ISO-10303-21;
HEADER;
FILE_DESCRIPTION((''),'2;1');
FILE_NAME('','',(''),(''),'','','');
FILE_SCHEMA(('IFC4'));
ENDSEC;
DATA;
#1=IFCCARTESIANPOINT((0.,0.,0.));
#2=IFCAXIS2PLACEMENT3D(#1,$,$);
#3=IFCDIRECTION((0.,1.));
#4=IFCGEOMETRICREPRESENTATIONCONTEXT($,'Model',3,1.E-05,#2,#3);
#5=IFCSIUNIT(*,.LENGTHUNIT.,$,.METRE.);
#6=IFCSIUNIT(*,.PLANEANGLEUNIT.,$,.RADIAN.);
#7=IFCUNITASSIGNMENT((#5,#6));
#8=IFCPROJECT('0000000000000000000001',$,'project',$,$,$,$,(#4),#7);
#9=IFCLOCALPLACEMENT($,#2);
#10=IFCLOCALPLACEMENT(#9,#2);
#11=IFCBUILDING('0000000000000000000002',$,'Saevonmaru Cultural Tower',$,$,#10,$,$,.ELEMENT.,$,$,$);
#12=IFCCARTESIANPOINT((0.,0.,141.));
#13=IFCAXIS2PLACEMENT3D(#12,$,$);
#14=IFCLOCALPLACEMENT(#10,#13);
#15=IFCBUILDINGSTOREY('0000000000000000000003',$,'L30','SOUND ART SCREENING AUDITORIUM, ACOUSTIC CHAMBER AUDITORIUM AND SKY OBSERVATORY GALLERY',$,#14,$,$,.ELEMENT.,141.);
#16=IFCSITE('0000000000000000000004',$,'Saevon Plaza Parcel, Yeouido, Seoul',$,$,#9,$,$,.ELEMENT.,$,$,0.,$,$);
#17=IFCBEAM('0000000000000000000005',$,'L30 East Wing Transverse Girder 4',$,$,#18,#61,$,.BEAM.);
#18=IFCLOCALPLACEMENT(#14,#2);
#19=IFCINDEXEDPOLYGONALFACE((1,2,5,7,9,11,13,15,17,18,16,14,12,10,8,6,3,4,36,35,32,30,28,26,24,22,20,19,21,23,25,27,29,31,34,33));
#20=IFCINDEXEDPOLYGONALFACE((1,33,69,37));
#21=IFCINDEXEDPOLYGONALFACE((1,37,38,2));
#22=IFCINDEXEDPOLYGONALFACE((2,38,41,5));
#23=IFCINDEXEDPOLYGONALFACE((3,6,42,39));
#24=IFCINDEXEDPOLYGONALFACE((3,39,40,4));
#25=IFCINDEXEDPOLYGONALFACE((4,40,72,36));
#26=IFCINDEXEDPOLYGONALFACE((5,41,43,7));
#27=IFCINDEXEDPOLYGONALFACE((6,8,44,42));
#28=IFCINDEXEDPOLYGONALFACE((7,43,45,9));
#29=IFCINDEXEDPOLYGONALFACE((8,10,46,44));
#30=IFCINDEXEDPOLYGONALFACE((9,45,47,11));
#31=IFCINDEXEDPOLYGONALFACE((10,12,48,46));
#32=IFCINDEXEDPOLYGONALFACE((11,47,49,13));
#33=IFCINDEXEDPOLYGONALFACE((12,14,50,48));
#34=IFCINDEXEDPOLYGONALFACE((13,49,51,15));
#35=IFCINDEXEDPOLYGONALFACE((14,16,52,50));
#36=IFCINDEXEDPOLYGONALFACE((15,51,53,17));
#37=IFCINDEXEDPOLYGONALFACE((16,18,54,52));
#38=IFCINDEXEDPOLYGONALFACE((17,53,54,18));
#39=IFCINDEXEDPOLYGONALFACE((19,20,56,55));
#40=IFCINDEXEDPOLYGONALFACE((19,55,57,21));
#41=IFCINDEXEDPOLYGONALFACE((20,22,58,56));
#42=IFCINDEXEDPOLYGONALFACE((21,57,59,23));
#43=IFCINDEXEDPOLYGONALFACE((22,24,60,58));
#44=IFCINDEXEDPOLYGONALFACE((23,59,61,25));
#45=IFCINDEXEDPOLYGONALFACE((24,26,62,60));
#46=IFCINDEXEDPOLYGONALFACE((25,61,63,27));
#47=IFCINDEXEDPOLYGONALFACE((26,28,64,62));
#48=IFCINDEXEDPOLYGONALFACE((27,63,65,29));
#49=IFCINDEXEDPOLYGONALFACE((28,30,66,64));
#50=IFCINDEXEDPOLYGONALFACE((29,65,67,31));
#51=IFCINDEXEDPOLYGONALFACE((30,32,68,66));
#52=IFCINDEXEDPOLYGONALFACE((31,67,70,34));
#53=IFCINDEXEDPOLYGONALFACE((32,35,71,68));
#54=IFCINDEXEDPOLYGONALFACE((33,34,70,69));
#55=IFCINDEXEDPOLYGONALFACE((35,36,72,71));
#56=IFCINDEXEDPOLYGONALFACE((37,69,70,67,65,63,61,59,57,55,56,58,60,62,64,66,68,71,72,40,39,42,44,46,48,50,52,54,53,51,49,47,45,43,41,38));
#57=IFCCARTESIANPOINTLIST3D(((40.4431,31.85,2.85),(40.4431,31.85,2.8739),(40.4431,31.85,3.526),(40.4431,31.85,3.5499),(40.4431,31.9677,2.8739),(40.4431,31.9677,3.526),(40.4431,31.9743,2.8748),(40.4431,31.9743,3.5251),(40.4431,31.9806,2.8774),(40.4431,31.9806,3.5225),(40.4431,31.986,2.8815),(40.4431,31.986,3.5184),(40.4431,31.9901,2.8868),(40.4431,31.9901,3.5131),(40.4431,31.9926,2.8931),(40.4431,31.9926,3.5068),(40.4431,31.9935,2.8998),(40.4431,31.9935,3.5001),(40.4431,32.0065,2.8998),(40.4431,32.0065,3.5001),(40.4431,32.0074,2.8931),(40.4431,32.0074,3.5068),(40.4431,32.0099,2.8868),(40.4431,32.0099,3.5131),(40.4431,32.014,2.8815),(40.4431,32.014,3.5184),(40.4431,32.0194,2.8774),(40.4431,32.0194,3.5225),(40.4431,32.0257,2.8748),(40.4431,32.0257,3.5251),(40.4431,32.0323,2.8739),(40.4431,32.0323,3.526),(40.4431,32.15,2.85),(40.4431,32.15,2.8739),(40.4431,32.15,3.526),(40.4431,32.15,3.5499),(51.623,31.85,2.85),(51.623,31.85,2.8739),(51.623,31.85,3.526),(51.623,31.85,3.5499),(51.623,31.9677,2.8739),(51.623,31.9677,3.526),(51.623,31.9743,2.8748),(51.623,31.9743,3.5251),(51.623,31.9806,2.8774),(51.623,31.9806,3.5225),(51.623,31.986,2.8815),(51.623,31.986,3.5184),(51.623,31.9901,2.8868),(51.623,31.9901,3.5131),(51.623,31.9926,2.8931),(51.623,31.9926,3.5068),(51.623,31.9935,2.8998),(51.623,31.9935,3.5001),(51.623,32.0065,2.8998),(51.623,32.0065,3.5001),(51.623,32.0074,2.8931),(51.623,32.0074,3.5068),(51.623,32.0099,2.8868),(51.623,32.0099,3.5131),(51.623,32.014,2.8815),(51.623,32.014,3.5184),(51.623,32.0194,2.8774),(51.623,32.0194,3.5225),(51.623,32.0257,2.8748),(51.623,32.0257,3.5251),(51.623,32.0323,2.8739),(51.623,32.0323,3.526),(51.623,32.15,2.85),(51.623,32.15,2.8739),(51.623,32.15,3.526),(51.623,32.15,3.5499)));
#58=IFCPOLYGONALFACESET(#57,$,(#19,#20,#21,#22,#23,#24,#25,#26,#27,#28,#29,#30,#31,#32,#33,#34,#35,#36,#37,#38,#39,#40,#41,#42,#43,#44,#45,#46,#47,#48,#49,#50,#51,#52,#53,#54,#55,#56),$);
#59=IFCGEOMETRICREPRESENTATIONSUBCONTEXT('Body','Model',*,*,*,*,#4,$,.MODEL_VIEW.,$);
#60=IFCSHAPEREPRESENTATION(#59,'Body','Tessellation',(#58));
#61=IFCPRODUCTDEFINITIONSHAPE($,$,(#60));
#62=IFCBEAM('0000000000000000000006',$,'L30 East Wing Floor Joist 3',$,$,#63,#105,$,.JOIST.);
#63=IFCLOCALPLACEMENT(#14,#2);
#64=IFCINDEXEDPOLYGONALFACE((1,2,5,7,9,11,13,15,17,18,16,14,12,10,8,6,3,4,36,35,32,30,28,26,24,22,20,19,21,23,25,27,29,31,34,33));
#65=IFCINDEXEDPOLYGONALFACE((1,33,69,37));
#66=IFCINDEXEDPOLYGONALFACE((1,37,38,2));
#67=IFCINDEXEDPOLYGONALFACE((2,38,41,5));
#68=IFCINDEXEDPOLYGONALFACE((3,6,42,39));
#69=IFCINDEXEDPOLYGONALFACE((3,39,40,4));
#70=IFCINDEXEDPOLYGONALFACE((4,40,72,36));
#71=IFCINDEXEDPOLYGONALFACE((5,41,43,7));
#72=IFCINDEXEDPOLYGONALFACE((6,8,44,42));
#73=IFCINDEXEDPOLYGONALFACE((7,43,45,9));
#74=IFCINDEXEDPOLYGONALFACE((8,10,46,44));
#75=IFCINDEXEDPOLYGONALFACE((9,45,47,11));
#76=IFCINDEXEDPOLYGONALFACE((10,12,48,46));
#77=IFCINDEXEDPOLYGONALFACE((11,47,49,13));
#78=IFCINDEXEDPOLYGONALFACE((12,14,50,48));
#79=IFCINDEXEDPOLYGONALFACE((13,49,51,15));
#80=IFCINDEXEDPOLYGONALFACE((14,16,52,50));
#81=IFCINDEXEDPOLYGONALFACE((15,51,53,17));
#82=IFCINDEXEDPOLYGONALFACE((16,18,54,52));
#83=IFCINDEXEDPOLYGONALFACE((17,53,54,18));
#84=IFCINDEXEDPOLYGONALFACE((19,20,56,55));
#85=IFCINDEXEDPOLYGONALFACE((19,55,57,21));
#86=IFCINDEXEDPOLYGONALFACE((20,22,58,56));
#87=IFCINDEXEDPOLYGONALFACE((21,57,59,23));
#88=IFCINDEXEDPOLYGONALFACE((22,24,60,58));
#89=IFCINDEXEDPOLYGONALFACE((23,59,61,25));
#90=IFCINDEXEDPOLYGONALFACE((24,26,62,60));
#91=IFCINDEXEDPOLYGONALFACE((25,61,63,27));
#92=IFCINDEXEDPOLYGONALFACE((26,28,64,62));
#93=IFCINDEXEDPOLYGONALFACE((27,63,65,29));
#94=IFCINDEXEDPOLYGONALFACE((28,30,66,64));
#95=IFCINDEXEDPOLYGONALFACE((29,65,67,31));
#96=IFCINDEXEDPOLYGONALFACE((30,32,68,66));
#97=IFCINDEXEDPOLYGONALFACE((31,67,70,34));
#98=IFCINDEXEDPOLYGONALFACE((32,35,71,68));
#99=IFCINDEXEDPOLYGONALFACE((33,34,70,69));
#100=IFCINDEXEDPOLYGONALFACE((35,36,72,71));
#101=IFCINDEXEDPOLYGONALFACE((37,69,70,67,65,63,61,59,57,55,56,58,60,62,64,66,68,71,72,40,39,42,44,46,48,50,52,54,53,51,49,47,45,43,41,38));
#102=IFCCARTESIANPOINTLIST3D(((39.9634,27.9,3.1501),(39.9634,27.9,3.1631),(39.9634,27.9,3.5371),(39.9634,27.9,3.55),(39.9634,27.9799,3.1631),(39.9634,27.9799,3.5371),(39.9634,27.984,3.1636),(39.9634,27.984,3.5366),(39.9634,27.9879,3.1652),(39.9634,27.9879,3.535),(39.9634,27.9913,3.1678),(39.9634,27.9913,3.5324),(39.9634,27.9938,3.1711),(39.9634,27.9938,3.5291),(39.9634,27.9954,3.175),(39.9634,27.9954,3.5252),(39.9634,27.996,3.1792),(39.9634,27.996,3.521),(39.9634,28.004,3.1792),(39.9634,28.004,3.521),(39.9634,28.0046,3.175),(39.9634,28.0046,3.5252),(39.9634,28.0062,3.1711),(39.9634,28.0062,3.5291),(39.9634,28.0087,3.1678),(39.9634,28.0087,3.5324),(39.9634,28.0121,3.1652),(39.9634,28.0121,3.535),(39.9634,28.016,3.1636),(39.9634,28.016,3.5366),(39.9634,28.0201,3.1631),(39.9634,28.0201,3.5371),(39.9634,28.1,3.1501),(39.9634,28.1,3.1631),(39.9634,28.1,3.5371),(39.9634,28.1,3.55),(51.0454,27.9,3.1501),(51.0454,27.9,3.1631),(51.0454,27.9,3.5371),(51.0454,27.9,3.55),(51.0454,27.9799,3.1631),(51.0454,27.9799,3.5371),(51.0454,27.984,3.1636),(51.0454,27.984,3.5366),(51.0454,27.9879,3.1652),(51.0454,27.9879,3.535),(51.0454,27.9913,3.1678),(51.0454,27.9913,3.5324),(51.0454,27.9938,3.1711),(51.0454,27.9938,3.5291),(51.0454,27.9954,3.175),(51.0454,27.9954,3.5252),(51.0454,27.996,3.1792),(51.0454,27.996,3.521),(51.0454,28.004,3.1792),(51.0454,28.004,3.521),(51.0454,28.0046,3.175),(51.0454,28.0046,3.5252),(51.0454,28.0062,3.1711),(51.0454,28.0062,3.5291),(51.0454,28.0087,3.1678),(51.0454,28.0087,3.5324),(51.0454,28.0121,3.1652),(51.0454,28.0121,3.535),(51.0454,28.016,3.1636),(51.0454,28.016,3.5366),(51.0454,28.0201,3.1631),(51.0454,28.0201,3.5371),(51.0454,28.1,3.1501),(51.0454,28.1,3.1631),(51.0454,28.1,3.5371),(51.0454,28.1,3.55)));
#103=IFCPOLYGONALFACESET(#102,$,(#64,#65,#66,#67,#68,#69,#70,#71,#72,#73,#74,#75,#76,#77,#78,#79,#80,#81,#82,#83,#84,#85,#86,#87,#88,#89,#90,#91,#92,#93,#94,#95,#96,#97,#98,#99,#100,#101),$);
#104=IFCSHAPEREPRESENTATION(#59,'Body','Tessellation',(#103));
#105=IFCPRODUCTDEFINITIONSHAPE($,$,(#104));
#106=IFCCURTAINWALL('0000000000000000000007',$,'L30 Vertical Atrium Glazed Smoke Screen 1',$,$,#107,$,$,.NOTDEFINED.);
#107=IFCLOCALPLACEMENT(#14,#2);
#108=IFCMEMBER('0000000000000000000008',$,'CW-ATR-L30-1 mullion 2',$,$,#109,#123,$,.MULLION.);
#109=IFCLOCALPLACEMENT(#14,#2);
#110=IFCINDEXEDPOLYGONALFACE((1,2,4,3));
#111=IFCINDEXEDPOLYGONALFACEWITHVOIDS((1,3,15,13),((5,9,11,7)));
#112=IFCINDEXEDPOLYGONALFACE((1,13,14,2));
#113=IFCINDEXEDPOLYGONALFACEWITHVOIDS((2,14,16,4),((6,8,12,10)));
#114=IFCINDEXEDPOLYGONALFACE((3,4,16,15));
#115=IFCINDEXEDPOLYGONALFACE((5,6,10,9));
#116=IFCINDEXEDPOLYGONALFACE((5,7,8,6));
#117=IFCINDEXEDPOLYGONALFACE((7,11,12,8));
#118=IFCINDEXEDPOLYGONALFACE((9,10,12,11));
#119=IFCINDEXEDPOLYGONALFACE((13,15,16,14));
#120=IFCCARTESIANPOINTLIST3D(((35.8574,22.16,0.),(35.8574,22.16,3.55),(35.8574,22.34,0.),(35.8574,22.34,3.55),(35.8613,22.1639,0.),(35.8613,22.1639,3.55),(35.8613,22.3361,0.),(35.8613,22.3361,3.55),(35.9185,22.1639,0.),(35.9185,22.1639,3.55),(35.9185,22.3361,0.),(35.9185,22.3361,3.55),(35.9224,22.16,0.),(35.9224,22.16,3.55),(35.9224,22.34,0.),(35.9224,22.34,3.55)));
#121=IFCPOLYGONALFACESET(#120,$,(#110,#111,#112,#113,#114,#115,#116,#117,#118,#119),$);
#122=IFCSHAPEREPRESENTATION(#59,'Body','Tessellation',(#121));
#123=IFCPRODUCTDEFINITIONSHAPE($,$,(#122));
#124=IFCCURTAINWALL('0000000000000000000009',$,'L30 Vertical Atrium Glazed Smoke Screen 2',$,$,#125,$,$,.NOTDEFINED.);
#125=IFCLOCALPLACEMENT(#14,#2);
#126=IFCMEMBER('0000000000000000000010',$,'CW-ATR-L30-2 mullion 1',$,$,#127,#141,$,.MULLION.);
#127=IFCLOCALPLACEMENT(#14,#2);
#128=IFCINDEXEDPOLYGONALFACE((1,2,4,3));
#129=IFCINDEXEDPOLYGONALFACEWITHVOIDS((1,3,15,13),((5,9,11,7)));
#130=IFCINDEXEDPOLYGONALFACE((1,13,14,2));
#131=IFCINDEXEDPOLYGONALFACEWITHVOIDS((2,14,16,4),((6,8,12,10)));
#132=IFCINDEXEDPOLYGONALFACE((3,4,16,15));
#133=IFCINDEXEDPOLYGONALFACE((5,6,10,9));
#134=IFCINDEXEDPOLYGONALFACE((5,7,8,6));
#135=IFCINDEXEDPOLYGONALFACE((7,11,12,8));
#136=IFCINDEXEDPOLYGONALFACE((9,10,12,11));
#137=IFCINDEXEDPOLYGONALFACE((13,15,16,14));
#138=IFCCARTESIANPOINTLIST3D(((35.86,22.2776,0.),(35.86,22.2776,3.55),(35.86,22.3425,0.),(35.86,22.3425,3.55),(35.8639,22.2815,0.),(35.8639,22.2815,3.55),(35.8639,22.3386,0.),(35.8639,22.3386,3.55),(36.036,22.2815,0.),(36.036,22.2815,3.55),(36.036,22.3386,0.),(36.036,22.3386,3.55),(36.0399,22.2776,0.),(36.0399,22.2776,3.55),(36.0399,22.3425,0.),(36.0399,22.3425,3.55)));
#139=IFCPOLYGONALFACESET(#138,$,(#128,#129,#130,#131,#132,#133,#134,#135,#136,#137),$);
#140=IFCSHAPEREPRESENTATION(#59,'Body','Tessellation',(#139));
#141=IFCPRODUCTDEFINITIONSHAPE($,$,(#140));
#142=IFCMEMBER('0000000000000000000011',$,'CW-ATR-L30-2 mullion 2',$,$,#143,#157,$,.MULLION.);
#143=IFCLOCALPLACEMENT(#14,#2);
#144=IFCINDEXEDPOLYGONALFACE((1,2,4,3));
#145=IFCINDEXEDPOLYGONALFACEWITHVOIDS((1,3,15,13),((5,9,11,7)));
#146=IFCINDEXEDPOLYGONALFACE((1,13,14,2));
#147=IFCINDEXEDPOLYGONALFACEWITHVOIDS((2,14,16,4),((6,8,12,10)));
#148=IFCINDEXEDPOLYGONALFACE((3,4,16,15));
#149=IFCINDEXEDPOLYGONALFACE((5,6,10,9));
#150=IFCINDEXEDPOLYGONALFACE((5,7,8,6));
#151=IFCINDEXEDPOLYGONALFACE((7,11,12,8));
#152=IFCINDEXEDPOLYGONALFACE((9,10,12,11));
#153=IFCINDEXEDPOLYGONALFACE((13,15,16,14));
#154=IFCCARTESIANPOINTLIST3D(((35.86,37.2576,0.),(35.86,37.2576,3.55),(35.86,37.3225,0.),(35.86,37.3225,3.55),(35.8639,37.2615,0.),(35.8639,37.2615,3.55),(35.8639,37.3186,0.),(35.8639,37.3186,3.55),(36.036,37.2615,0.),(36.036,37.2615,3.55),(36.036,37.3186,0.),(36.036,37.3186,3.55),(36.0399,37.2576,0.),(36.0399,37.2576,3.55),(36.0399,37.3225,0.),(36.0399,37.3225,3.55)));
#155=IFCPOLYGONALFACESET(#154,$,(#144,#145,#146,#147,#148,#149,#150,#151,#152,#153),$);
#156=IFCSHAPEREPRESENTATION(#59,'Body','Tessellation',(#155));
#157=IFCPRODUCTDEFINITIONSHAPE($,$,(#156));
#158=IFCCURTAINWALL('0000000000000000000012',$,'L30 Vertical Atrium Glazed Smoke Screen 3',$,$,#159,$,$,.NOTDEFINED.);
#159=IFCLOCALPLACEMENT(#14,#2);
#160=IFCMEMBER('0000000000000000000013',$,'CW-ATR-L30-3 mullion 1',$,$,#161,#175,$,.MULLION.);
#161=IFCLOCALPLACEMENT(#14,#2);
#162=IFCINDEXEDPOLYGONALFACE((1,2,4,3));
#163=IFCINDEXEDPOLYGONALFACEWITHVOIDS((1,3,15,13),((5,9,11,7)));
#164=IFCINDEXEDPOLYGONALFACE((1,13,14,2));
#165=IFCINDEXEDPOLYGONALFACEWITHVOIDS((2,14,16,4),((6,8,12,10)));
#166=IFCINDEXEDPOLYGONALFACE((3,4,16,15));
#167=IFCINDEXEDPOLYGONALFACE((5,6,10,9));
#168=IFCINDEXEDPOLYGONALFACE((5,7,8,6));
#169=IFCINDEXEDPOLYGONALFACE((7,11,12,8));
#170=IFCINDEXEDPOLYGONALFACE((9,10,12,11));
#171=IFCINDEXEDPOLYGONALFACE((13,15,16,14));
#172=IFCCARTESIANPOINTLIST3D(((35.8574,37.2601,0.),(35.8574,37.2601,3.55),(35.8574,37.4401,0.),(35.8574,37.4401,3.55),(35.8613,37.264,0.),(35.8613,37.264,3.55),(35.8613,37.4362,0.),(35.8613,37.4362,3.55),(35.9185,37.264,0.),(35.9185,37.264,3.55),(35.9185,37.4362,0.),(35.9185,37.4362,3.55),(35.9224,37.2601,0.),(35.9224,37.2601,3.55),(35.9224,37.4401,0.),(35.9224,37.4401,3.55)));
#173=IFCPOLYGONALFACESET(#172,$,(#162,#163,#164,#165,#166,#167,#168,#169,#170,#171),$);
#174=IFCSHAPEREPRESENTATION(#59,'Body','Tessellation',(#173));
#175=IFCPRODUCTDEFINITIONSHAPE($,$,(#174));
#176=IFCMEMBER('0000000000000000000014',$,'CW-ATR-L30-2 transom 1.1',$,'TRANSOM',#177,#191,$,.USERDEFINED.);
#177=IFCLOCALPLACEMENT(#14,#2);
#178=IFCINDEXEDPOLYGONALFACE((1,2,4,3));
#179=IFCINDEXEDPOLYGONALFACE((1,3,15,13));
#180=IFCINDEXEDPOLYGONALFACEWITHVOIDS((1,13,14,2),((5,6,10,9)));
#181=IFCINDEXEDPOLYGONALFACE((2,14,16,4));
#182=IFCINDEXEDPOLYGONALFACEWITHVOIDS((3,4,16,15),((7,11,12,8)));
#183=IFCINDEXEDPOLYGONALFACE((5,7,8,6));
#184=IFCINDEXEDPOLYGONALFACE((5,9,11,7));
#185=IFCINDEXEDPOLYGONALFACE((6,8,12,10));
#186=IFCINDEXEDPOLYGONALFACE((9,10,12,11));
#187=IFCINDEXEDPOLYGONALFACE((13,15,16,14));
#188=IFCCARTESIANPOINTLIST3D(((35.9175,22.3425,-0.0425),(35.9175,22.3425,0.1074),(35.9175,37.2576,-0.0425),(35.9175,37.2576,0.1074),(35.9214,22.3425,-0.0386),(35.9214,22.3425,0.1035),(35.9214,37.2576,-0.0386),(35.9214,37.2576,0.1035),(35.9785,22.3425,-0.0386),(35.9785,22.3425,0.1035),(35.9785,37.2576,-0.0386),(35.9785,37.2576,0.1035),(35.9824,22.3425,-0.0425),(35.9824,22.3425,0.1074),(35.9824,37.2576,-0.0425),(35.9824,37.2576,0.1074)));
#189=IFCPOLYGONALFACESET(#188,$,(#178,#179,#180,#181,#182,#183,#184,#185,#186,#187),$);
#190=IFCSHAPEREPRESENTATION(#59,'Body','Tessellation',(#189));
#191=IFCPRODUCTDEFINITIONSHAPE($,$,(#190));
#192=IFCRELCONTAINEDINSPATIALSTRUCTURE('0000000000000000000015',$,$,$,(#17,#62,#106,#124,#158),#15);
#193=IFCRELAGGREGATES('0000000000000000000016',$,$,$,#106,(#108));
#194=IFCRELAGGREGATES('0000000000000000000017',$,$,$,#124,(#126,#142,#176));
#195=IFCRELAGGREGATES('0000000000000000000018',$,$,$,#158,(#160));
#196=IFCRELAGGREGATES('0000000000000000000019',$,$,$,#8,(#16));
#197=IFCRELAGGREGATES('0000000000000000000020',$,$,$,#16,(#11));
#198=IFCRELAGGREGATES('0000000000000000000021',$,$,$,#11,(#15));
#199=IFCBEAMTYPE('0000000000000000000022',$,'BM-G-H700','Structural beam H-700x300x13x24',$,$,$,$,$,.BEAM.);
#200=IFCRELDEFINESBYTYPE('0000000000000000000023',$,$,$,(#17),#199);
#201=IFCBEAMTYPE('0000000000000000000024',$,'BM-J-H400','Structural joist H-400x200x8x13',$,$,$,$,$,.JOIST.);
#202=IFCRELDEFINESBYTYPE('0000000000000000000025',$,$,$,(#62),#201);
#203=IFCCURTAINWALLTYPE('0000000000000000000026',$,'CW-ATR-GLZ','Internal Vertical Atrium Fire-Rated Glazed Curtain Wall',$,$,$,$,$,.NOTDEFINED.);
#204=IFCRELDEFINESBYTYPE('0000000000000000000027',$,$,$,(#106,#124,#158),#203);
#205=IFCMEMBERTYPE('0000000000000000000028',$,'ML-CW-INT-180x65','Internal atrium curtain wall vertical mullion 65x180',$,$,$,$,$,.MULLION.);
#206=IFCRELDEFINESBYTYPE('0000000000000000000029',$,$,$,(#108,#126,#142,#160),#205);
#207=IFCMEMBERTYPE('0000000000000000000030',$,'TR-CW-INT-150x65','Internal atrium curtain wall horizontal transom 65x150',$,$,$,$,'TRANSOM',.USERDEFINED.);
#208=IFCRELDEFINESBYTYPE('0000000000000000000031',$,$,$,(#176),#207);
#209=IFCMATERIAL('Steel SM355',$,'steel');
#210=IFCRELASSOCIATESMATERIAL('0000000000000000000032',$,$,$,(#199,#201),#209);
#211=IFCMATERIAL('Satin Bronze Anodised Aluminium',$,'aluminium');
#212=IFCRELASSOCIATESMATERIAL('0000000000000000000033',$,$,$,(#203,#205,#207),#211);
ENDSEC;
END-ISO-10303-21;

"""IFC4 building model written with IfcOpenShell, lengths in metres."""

from ifc_helpers import new_model, si_unit, direction, frame, origin, origin_2d, place, context, subcontext, project, spatial, hollow_rectangle, i_section, extrude, material, material_profile, profile_set, type_object, element, aggregate, save


model = new_model("IFC4")

# Units and contexts
model_context = context("Model", 3, precision=1e-05, world=origin(), true_north=direction((0.0, 1.0)))
body_context = subcontext(model_context, "Body", "Model", "MODEL_VIEW")
ifc_project = project(units=[si_unit("LENGTHUNIT", "METRE"), si_unit("PLANEANGLEUNIT", "RADIAN")], contexts=[model_context])

# Site, building, storey
site_placement = place(None, origin())
site = spatial("IfcSite", under=ifc_project, at=site_placement, Name="Saevon Plaza Parcel, Yeouido, Seoul", CompositionType="ELEMENT", RefElevation=0.0)
building_placement = place(site_placement, origin())
building = spatial("IfcBuilding", under=site, at=building_placement, Name="Saevonmaru Cultural Tower", CompositionType="ELEMENT")
storey_placement = place(building_placement, frame((0.0, 0.0, 141.0)))
storey = spatial("IfcBuildingStorey", under=building, at=storey_placement, Name="L30", Description="SOUND ART SCREENING AUDITORIUM, ACOUSTIC CHAMBER AUDITORIUM AND SKY OBSERVATORY GALLERY", CompositionType="ELEMENT", Elevation=141.0)

# Shared definitions
ifc_material_1 = material(Name="Steel SM355", Category="steel")

# Beams
ifc_material_profile_1 = material_profile(ifc_material_1, i_section(OverallWidth=0.3, OverallDepth=0.7, WebThickness=0.0129, FlangeThickness=0.0239, FilletRadius=0.0259, at=origin_2d()), Name="H-700x300x13x24")
ifc_profile_set_1 = profile_set([ifc_material_profile_1], Name="Steel SM355")
beam_type_1 = type_object("IfcBeamType", Name="BM-G-H700", Description="Structural beam H-700x300x13x24", PredefinedType="BEAM", material=ifc_profile_set_1)
for number, where, z_axis, x_axis, name in (
    (1, (40.4431, 32.0, 3.2), (1.0, 0.0, 0.0), (0.0, 1.0, 0.0), "L30 East Wing Transverse Girder 4"),
):
    element("IfcBeam", number, at=place(storey_placement, frame(where, z_axis=z_axis, x_axis=x_axis)), inside=storey, type_object=beam_type_1, Name=name, PredefinedType="BEAM", context=body_context, shape_type="SweptSolid", body=[
        extrude(i_section(OverallWidth=0.3, OverallDepth=0.7, WebThickness=0.0129, FlangeThickness=0.0239, FilletRadius=0.0259, at=origin_2d()), origin(), (0.0, 0.0, 1.0), 11.1799),
    ])
ifc_material_profile_2 = material_profile(ifc_material_1, i_section(OverallWidth=0.2, OverallDepth=0.3999, WebThickness=0.0081, FlangeThickness=0.0129, FilletRadius=0.0161, at=origin_2d()), Name="H-400x200x8x13")
ifc_profile_set_2 = profile_set([ifc_material_profile_2], Name="Steel SM355")
beam_type_2 = type_object("IfcBeamType", Name="BM-J-H400", Description="Structural joist H-400x200x8x13", PredefinedType="JOIST", material=ifc_profile_set_2)
beam_1_placement = place(storey_placement, frame((39.9634, 28.0, 3.3501), z_axis=(1.0, 0.0, 0.0), x_axis=(0.0, 1.0, 0.0)))
element("IfcBeam", 2, at=beam_1_placement, inside=storey, type_object=beam_type_2, Name="L30 East Wing Floor Joist 3", PredefinedType="JOIST", context=body_context, shape_type="SweptSolid", body=[
    extrude(i_section(OverallWidth=0.2, OverallDepth=0.3999, WebThickness=0.0081, FlangeThickness=0.0129, FilletRadius=0.0161, at=origin_2d()), origin(), (0.0, 0.0, 1.0), 11.082),
])

# Curtain wall, member
ifc_material_2 = material(Name="Satin Bronze Anodised Aluminium", Category="aluminium")
curtain_wall_type = type_object("IfcCurtainWallType", Name="CW-ATR-GLZ", Description="Internal Vertical Atrium Fire-Rated Glazed Curtain Wall", PredefinedType="NOTDEFINED", material=ifc_material_2)
curtain_wall_1_placement = place(storey_placement, origin())
curtain_wall_1 = element("IfcCurtainWall", 3, at=curtain_wall_1_placement, inside=storey, type_object=curtain_wall_type, Name="L30 Vertical Atrium Glazed Smoke Screen 1", PredefinedType="NOTDEFINED")
ifc_material_profile_3 = material_profile(ifc_material_2, hollow_rectangle(XDim=0.0649, YDim=0.1799, WallThickness=0.0039, at=origin_2d()), Name="ALU-MULL-180x65x4")
ifc_profile_set_3 = profile_set([ifc_material_profile_3], Name="Satin Bronze Anodised Aluminium")
member_type_1 = type_object("IfcMemberType", Name="ML-CW-INT-180x65", Description="Internal atrium curtain wall vertical mullion 65x180", PredefinedType="MULLION", material=ifc_profile_set_3)
member_1_placement = place(storey_placement, frame((35.8899, 22.25, 0.0), z_axis=(0.0, 0.0, 1.0), x_axis=(1.0, 0.0, 0.0)))
member_1 = element("IfcMember", 4, at=member_1_placement, type_object=member_type_1, Name="CW-ATR-L30-1 mullion 2", PredefinedType="MULLION", context=body_context, shape_type="SweptSolid", body=[
    extrude(hollow_rectangle(XDim=0.0649, YDim=0.1799, WallThickness=0.0039, at=origin_2d()), origin(), (0.0, 0.0, 1.0), 3.55),
])
aggregate(curtain_wall_1, [member_1])

# Curtain wall, members
curtain_wall_2_placement = place(storey_placement, origin())
curtain_wall_2 = element("IfcCurtainWall", 5, at=curtain_wall_2_placement, inside=storey, type_object=curtain_wall_type, Name="L30 Vertical Atrium Glazed Smoke Screen 2", PredefinedType="NOTDEFINED")
member_2_placement = place(storey_placement, frame((35.95, 22.3101, 0.0), z_axis=(0.0, 0.0, 1.0), x_axis=(0.0, 1.0, 0.0)))
member_2 = element("IfcMember", 6, at=member_2_placement, type_object=member_type_1, Name="CW-ATR-L30-2 mullion 1", PredefinedType="MULLION", context=body_context, shape_type="SweptSolid", body=[
    extrude(hollow_rectangle(XDim=0.0649, YDim=0.1799, WallThickness=0.0039, at=origin_2d()), origin(), (0.0, 0.0, 1.0), 3.55),
])
member_3_placement = place(storey_placement, frame((35.95, 37.29, 0.0), z_axis=(0.0, 0.0, 1.0), x_axis=(0.0, 1.0, 0.0)))
member_3 = element("IfcMember", 7, at=member_3_placement, type_object=member_type_1, Name="CW-ATR-L30-2 mullion 2", PredefinedType="MULLION", context=body_context, shape_type="SweptSolid", body=[
    extrude(hollow_rectangle(XDim=0.0649, YDim=0.1799, WallThickness=0.0039, at=origin_2d()), origin(), (0.0, 0.0, 1.0), 3.55),
])

# Curtain wall, member
curtain_wall_3_placement = place(storey_placement, origin())
curtain_wall_3 = element("IfcCurtainWall", 8, at=curtain_wall_3_placement, inside=storey, type_object=curtain_wall_type, Name="L30 Vertical Atrium Glazed Smoke Screen 3", PredefinedType="NOTDEFINED")
member_4_placement = place(storey_placement, frame((35.8899, 37.3501, 0.0), z_axis=(0.0, 0.0, 1.0), x_axis=(-1.0, 0.0, 0.0)))
member_4 = element("IfcMember", 9, at=member_4_placement, type_object=member_type_1, Name="CW-ATR-L30-3 mullion 1", PredefinedType="MULLION", context=body_context, shape_type="SweptSolid", body=[
    extrude(hollow_rectangle(XDim=0.0649, YDim=0.1799, WallThickness=0.0039, at=origin_2d()), origin(), (0.0, 0.0, 1.0), 3.55),
])

# Member
ifc_material_profile_4 = material_profile(ifc_material_2, hollow_rectangle(XDim=0.0649, YDim=0.1499, WallThickness=0.0039, at=origin_2d()), Name="ALU-TRAN-150x65x4")
ifc_profile_set_4 = profile_set([ifc_material_profile_4], Name="Satin Bronze Anodised Aluminium")
member_type_2 = type_object("IfcMemberType", Name="TR-CW-INT-150x65", Description="Internal atrium curtain wall horizontal transom 65x150", ElementType="TRANSOM", PredefinedType="USERDEFINED", material=ifc_profile_set_4)
member_5_placement = place(storey_placement, frame((35.95, 22.3425, 0.0325), z_axis=(0.0, 1.0, 0.0), x_axis=(-1.0, 0.0, 0.0)))
member_5 = element("IfcMember", 10, at=member_5_placement, type_object=member_type_2, Name="CW-ATR-L30-2 transom 1.1", ObjectType="TRANSOM", PredefinedType="USERDEFINED", context=body_context, shape_type="SweptSolid", body=[
    extrude(hollow_rectangle(XDim=0.0649, YDim=0.1499, WallThickness=0.0039, at=origin_2d()), origin(), (0.0, 0.0, 1.0), 14.915),
])

aggregate(curtain_wall_2, [member_2, member_3, member_5])
aggregate(curtain_wall_3, [member_4])

save(model, "model.ifc")
